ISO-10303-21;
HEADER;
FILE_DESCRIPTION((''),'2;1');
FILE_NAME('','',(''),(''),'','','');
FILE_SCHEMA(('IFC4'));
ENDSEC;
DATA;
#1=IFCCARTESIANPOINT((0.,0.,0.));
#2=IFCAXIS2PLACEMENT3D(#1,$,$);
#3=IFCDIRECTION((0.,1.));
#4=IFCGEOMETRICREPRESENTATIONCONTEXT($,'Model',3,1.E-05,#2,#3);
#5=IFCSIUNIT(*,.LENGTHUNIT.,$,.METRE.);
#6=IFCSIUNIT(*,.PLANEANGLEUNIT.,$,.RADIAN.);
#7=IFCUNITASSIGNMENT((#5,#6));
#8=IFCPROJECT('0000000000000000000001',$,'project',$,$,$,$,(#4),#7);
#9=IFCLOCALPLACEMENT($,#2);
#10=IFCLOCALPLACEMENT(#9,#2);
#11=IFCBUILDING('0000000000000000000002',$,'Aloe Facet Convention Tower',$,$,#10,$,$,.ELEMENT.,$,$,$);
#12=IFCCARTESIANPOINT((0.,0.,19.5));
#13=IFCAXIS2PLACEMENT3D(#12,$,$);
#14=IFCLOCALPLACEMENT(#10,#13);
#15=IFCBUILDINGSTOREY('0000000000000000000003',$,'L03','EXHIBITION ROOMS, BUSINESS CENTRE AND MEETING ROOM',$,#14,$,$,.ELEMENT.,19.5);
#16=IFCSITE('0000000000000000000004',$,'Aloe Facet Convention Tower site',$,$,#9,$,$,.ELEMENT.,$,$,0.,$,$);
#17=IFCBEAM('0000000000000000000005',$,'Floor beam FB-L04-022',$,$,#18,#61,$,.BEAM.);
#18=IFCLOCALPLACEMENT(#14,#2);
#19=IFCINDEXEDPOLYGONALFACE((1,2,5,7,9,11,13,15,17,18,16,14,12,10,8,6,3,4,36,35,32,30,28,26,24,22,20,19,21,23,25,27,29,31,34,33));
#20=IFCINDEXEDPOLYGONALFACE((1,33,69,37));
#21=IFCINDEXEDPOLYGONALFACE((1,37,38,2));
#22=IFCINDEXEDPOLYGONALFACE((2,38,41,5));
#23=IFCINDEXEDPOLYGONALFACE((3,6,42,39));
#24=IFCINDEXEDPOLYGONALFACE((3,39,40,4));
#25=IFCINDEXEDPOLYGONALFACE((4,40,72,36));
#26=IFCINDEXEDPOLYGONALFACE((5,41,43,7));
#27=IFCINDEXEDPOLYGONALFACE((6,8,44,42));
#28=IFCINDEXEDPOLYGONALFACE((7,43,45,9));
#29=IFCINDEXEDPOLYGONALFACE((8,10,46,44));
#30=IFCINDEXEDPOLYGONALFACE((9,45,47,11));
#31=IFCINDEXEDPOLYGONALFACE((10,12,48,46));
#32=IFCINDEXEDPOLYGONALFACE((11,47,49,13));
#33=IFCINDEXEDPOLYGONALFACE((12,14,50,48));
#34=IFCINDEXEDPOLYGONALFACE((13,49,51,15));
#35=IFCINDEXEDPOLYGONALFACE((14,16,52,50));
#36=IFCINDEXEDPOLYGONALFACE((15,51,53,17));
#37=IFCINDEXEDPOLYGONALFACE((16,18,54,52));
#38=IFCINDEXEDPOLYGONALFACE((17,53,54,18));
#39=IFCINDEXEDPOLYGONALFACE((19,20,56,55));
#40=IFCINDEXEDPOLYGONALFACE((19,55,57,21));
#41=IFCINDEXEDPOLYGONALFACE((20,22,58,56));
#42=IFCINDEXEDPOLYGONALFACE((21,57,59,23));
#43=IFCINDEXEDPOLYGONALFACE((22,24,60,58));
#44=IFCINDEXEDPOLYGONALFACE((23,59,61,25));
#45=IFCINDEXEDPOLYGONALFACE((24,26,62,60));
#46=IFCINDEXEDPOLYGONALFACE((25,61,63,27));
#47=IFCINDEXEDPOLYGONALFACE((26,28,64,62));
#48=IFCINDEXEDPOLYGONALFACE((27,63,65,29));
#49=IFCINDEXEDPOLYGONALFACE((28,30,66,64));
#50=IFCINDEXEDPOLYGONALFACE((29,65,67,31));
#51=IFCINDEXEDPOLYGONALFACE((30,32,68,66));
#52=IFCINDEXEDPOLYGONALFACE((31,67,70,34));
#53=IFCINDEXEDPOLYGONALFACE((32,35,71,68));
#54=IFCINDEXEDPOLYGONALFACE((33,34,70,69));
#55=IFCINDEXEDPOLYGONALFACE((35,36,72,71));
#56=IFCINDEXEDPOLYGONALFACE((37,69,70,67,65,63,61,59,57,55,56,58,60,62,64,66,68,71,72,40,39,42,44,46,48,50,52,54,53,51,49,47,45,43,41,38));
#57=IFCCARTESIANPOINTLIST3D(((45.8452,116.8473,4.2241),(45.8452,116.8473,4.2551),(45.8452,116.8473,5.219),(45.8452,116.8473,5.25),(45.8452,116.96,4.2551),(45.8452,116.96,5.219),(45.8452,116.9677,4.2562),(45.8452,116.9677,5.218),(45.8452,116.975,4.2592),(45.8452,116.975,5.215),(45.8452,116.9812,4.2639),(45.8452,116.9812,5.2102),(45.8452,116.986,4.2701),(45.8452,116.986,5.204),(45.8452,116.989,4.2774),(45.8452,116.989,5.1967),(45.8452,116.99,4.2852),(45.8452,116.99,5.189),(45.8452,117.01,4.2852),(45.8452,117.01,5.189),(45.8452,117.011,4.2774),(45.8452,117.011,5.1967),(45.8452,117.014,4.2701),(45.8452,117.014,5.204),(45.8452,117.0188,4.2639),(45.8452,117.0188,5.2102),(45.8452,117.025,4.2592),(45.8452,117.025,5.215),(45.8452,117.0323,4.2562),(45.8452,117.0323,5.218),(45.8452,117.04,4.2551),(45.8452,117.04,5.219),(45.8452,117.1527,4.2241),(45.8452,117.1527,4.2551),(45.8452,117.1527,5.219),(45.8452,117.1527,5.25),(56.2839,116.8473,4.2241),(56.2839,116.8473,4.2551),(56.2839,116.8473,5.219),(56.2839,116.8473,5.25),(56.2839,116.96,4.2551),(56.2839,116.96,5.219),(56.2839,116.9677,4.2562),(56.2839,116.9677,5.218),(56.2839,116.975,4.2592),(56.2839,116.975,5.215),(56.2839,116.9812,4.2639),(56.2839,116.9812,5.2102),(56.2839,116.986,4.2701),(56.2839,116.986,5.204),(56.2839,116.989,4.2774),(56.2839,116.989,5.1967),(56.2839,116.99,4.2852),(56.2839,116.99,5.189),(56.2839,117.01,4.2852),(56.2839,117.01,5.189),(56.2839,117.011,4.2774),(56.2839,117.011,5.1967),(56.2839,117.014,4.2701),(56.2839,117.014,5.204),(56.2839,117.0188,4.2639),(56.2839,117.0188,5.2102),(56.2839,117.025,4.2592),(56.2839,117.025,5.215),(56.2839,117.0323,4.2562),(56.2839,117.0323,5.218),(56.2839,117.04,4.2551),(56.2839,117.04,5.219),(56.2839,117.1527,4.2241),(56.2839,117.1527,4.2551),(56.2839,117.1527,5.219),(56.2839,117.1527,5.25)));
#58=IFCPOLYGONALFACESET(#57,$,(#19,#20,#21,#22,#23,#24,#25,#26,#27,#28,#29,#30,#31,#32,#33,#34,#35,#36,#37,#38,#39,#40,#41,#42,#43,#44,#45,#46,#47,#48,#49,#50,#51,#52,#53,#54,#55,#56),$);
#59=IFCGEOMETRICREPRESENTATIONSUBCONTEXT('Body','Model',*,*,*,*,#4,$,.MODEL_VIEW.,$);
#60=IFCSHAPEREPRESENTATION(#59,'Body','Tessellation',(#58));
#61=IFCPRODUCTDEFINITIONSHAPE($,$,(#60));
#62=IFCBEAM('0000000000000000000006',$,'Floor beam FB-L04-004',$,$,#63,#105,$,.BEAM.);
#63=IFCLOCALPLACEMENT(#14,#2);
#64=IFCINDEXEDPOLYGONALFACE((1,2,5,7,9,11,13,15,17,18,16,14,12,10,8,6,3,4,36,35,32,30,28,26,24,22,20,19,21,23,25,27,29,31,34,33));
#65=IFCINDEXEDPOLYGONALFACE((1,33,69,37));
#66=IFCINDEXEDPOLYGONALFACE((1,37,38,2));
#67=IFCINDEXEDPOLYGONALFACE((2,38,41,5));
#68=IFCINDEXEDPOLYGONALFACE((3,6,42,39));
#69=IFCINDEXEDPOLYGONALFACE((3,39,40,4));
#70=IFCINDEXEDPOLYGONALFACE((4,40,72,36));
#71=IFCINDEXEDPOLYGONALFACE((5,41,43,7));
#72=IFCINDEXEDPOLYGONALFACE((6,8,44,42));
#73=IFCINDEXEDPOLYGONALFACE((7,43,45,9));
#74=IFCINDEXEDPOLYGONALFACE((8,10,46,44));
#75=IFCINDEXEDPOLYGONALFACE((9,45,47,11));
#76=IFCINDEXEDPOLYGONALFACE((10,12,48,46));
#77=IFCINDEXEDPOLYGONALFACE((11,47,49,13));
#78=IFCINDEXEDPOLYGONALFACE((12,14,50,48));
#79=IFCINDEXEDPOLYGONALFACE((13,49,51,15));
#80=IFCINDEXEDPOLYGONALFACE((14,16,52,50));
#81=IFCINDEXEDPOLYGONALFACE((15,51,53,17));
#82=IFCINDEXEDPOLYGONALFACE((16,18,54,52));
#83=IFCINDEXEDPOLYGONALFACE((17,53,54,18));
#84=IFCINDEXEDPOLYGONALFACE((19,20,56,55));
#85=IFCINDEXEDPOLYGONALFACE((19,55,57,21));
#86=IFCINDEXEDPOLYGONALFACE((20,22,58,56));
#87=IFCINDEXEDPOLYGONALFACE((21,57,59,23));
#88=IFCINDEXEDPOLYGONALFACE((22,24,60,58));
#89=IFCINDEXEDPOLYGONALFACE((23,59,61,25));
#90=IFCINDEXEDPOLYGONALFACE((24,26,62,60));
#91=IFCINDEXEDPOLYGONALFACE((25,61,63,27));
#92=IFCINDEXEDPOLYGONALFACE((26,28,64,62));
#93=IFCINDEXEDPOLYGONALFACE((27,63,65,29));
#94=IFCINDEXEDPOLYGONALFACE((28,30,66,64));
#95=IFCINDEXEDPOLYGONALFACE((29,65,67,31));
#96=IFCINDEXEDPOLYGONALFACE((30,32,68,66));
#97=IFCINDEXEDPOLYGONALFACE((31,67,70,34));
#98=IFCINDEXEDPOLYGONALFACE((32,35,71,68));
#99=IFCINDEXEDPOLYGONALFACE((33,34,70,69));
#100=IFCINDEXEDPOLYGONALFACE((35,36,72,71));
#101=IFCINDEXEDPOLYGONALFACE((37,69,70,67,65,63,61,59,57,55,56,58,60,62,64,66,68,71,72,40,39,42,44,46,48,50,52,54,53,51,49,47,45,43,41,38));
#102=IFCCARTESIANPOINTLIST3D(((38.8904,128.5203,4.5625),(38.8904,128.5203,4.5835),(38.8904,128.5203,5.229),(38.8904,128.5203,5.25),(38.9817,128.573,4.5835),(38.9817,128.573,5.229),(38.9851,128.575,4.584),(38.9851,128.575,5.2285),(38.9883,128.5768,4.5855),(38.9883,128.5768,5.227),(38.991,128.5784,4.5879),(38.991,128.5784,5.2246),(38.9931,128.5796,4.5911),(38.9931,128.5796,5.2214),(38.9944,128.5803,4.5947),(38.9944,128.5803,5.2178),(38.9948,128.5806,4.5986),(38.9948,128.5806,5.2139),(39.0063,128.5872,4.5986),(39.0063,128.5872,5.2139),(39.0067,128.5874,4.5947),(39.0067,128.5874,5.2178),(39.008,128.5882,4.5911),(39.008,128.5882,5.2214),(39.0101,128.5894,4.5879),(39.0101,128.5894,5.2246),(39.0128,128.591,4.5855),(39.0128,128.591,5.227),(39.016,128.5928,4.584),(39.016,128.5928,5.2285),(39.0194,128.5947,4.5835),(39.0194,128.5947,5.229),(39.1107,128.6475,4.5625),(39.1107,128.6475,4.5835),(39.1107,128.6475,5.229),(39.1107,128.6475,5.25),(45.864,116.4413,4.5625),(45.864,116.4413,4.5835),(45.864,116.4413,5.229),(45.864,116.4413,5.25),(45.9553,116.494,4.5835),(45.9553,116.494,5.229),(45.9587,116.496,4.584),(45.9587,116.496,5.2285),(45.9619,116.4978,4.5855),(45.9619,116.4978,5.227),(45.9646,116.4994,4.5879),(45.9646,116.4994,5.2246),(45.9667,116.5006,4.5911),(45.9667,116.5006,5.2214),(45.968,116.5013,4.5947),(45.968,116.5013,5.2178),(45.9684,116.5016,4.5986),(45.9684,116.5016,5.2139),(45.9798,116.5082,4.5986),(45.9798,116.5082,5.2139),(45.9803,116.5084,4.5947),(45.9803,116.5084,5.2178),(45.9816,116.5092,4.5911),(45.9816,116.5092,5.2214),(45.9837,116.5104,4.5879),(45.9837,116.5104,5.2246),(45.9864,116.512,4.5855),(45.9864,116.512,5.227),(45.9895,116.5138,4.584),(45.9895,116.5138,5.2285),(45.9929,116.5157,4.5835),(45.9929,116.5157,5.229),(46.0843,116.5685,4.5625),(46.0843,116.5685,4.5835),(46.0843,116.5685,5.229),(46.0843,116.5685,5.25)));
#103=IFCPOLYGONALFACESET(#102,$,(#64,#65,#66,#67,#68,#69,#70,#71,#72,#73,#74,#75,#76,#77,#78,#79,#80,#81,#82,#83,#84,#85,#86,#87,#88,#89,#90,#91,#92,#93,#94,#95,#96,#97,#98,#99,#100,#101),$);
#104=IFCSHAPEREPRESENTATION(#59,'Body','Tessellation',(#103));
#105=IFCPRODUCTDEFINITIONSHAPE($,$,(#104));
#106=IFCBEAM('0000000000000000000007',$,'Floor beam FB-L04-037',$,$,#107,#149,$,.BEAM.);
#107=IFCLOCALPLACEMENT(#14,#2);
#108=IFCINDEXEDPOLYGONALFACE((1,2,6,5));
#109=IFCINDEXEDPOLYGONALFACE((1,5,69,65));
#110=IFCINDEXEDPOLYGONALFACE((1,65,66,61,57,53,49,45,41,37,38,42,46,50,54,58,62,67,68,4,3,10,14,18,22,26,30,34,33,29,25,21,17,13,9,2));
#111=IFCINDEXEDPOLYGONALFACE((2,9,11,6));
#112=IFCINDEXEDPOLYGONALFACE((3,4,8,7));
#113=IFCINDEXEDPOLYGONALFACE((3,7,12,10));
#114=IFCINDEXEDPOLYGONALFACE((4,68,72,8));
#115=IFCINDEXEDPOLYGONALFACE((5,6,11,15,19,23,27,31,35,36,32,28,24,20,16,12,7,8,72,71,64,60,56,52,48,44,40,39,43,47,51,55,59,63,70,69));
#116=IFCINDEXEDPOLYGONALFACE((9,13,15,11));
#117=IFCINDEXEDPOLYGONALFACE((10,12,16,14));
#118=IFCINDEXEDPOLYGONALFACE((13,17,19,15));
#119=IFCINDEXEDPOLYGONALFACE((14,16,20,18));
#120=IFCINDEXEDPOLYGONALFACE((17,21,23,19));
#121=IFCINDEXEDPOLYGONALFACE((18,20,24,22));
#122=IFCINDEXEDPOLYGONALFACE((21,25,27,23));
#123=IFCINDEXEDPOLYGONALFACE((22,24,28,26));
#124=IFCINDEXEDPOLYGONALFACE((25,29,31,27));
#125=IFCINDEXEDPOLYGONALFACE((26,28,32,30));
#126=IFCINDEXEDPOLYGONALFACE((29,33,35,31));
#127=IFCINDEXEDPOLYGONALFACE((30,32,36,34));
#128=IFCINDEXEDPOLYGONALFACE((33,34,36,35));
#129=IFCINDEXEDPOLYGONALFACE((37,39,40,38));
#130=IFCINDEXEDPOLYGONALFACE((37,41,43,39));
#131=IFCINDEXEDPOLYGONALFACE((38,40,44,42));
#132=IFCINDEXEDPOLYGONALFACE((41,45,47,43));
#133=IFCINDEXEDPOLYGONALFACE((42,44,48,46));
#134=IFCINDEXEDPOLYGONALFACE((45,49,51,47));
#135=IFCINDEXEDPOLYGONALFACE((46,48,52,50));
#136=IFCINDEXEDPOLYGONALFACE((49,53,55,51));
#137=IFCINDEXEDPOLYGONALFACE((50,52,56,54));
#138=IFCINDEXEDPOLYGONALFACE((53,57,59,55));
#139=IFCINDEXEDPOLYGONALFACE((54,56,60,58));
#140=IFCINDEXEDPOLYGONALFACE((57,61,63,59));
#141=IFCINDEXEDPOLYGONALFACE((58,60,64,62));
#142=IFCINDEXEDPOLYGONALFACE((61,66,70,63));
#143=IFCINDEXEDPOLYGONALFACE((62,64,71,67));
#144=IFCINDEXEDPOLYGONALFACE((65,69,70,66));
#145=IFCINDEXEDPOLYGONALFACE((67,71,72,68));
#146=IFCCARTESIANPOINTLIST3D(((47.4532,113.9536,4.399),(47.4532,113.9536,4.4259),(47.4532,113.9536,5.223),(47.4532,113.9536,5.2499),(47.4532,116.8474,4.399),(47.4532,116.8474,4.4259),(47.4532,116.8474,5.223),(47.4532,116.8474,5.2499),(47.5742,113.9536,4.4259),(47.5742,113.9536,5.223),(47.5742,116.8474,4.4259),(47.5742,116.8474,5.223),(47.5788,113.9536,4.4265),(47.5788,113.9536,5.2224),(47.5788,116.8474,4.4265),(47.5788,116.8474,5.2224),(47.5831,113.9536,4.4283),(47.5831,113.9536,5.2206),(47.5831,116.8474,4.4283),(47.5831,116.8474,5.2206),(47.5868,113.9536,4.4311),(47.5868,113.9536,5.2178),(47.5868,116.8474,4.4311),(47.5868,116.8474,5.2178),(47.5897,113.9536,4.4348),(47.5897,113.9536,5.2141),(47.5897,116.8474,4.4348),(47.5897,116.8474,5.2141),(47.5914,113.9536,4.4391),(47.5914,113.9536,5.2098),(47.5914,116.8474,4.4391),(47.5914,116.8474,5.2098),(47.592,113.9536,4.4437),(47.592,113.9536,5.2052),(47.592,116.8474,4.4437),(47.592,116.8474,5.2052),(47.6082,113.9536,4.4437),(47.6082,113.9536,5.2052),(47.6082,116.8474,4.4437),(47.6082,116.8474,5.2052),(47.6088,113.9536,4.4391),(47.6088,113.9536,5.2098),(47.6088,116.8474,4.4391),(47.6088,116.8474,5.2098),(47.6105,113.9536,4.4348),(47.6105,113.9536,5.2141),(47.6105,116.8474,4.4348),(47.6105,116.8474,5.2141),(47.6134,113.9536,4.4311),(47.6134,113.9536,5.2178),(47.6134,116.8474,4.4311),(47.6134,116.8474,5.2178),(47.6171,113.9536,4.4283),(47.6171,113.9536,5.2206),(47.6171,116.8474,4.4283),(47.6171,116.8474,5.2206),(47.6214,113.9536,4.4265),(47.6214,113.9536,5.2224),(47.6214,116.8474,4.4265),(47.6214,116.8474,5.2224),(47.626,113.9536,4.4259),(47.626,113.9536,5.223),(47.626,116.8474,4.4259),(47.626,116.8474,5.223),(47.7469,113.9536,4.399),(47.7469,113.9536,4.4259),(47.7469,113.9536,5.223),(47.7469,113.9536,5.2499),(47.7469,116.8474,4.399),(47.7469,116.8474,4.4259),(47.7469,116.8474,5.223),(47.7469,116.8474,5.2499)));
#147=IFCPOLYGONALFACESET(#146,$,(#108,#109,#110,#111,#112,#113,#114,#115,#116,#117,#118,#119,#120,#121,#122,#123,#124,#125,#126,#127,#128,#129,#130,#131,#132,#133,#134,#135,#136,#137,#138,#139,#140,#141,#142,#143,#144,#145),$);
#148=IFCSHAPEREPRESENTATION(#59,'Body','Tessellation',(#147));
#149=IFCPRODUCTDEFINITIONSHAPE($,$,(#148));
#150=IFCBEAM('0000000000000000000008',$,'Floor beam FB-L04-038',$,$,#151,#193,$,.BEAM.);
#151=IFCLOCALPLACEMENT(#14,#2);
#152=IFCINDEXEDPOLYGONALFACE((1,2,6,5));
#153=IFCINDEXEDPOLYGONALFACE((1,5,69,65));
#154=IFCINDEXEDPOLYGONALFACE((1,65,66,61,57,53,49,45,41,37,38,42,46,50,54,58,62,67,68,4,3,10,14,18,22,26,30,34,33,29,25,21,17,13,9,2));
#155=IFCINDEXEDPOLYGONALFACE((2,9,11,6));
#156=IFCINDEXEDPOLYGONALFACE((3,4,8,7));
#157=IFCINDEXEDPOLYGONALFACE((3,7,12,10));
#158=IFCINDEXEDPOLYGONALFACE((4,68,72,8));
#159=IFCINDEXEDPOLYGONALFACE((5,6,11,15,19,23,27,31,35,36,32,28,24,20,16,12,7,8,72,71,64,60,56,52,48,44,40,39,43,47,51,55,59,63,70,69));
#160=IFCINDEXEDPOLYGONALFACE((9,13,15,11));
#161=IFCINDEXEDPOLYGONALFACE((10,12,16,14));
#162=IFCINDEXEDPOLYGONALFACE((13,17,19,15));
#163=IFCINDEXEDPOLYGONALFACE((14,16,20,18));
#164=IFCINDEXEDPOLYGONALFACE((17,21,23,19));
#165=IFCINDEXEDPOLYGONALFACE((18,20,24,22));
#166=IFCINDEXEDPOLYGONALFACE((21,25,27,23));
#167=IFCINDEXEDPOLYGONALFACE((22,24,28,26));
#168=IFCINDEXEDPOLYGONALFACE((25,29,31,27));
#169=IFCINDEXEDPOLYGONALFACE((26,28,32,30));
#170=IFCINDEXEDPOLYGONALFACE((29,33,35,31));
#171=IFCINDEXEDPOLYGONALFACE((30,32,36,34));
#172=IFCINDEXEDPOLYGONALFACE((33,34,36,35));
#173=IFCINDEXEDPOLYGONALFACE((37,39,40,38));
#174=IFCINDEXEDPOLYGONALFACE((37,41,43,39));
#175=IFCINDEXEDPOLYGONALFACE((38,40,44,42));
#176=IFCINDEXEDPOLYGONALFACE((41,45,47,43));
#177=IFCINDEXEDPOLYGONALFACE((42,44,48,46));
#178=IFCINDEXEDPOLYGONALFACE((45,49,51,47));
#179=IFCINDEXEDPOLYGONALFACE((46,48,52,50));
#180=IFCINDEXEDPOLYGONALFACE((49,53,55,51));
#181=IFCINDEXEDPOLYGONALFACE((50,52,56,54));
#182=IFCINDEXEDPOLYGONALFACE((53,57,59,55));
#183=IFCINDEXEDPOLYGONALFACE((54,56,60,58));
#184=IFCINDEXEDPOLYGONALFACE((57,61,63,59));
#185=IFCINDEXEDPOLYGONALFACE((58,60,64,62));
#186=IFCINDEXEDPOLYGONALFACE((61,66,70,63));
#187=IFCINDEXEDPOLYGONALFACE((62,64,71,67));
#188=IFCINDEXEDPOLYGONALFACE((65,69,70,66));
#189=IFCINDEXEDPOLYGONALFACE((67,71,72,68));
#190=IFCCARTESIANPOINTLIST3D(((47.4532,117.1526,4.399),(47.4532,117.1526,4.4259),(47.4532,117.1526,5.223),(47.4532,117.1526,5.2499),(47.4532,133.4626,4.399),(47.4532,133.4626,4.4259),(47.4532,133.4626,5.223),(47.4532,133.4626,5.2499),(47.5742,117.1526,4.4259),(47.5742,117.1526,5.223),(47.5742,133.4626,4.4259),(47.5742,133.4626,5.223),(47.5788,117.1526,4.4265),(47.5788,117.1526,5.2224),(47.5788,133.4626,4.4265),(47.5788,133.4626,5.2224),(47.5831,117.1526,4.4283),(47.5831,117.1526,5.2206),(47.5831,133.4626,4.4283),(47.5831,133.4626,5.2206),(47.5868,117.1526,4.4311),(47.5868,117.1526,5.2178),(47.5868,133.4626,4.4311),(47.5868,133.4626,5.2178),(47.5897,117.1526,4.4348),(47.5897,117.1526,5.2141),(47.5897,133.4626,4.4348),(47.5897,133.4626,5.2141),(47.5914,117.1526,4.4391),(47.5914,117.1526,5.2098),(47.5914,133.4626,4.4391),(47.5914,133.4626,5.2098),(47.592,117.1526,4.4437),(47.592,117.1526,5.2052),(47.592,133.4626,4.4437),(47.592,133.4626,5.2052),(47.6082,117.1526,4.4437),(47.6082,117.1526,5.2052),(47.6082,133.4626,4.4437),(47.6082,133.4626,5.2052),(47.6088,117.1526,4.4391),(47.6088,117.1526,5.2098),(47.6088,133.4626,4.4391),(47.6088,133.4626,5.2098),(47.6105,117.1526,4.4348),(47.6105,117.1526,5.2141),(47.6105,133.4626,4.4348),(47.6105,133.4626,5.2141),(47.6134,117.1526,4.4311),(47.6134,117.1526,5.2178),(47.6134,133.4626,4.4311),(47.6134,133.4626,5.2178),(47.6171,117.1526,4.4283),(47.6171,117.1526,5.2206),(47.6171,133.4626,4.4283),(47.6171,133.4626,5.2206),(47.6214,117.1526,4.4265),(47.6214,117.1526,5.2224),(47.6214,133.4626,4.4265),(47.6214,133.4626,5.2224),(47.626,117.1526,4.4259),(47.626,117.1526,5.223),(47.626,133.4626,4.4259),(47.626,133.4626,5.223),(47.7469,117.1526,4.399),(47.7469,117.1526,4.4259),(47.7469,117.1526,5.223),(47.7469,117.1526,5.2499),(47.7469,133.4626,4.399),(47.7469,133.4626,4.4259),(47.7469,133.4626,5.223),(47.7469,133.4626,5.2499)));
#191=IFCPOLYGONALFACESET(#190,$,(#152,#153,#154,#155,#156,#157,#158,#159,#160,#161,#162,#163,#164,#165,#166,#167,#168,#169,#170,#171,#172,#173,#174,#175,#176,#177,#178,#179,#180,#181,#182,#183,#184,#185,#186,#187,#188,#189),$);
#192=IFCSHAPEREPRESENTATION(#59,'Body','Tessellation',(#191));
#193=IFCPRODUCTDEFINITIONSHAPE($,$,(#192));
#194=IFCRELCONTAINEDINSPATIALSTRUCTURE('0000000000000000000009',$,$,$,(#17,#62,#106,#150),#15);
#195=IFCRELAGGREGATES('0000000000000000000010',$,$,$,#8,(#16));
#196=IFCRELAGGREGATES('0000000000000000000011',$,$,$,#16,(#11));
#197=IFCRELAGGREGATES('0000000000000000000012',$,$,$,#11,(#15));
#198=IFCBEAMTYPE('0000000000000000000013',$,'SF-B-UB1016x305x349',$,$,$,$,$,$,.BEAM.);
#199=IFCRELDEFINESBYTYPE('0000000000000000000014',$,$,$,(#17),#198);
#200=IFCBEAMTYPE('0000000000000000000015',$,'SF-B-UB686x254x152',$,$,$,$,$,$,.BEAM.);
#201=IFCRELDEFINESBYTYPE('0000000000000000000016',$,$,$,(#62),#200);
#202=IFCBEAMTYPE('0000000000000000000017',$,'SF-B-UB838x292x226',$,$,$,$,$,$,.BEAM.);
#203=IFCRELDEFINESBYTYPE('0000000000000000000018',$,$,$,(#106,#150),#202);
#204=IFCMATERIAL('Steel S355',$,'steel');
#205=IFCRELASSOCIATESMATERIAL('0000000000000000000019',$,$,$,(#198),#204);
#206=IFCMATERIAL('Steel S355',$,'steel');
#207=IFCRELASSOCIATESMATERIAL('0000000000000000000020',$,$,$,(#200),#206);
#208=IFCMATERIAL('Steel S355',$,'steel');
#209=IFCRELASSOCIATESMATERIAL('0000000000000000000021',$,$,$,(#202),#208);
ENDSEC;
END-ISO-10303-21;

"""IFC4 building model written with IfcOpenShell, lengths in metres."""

from ifc_helpers import new_model, si_unit, direction, frame, origin, origin_2d, place, context, subcontext, project, spatial, i_section, extrude, material, material_profile, profile_set, type_object, element, save


model = new_model("IFC4")

# Units and contexts
model_context = context("Model", 3, precision=1e-05, world=origin(), true_north=direction((0.0, 1.0)))
body_context = subcontext(model_context, "Body", "Model", "MODEL_VIEW")
ifc_project = project(units=[si_unit("LENGTHUNIT", "METRE"), si_unit("PLANEANGLEUNIT", "RADIAN")], contexts=[model_context])

# Site, building, storey
site_placement = place(None, origin())
site = spatial("IfcSite", under=ifc_project, at=site_placement, Name="Aloe Facet Convention Tower site", CompositionType="ELEMENT", RefElevation=0.0)
building_placement = place(site_placement, origin())
building = spatial("IfcBuilding", under=site, at=building_placement, Name="Aloe Facet Convention Tower", CompositionType="ELEMENT")
storey_placement = place(building_placement, frame((0.0, 0.0, 19.5)))
storey = spatial("IfcBuildingStorey", under=building, at=storey_placement, Name="L03", Description="EXHIBITION ROOMS, BUSINESS CENTRE AND MEETING ROOM", CompositionType="ELEMENT", Elevation=19.5)

# Beams
ifc_material_1 = material(Name="Steel S355", Category="steel")
ifc_material_profile_1 = material_profile(ifc_material_1, i_section(OverallWidth=0.3054, OverallDepth=1.0259, WebThickness=0.02, FlangeThickness=0.031, FilletRadius=0.03, at=origin_2d()), Name="UB 1016x305x349")
ifc_profile_set_1 = profile_set([ifc_material_profile_1], Name="Steel S355")
beam_type_1 = type_object("IfcBeamType", Name="SF-B-UB1016x305x349", PredefinedType="BEAM", material=ifc_profile_set_1)
beam_1_placement = place(storey_placement, frame((45.8452, 117.0, 4.7371), z_axis=(1.0, 0.0, 0.0), x_axis=(0.0, 1.0, 0.0)))
element("IfcBeam", 1, at=beam_1_placement, inside=storey, type_object=beam_type_1, Name="Floor beam FB-L04-022", PredefinedType="BEAM", context=body_context, shape_type="SweptSolid", body=[
    extrude(i_section(OverallWidth=0.3054, OverallDepth=1.0259, WebThickness=0.02, FlangeThickness=0.031, FilletRadius=0.03, at=origin_2d()), origin(), (0.0, 0.0, 1.0), 10.4387),
])
ifc_material_2 = material(Name="Steel S355", Category="steel")
ifc_material_profile_2 = material_profile(ifc_material_2, i_section(OverallWidth=0.2544, OverallDepth=0.6875, WebThickness=0.0132, FlangeThickness=0.021, FilletRadius=0.0151, at=origin_2d()), Name="UB 686x254x152")
ifc_profile_set_2 = profile_set([ifc_material_profile_2], Name="Steel S355")
beam_type_2 = type_object("IfcBeamType", Name="SF-B-UB686x254x152", PredefinedType="BEAM", material=ifc_profile_set_2)
beam_2_placement = place(storey_placement, frame((45.9741, 116.5049, 4.9062), z_axis=(-0.499987, 0.866033, 0.0), x_axis=(-0.866033, -0.499987, 0.0)))
element("IfcBeam", 2, at=beam_2_placement, inside=storey, type_object=beam_type_2, Name="Floor beam FB-L04-004", PredefinedType="BEAM", context=body_context, shape_type="SweptSolid", body=[
    extrude(i_section(OverallWidth=0.2544, OverallDepth=0.6875, WebThickness=0.0132, FlangeThickness=0.021, FilletRadius=0.0151, at=origin_2d()), origin(), (0.0, 0.0, 1.0), 13.9475),
])
ifc_material_3 = material(Name="Steel S355", Category="steel")
ifc_material_profile_3 = material_profile(ifc_material_3, i_section(OverallWidth=0.2937, OverallDepth=0.8508, WebThickness=0.0161, FlangeThickness=0.0269, FilletRadius=0.0178, at=origin_2d()), Name="UB 838x292x226")
ifc_profile_set_3 = profile_set([ifc_material_profile_3], Name="Steel S355")
beam_type_3 = type_object("IfcBeamType", Name="SF-B-UB838x292x226", PredefinedType="BEAM", material=ifc_profile_set_3)
beam_3_placement = place(storey_placement, frame((47.6001, 113.9536, 4.8245), z_axis=(0.0, 1.0, 0.0), x_axis=(-1.0, 0.0, 0.0)))
element("IfcBeam", 3, at=beam_3_placement, inside=storey, type_object=beam_type_3, Name="Floor beam FB-L04-037", PredefinedType="BEAM", context=body_context, shape_type="SweptSolid", body=[
    extrude(i_section(OverallWidth=0.2937, OverallDepth=0.8508, WebThickness=0.0161, FlangeThickness=0.0269, FilletRadius=0.0178, at=origin_2d()), origin(), (0.0, 0.0, 1.0), 2.8938),
])
beam_4_placement = place(storey_placement, frame((47.6001, 117.1526, 4.8245), z_axis=(0.0, 1.0, 0.0), x_axis=(-1.0, 0.0, 0.0)))
element("IfcBeam", 4, at=beam_4_placement, inside=storey, type_object=beam_type_3, Name="Floor beam FB-L04-038", PredefinedType="BEAM", context=body_context, shape_type="SweptSolid", body=[
    extrude(i_section(OverallWidth=0.2937, OverallDepth=0.8508, WebThickness=0.0161, FlangeThickness=0.0269, FilletRadius=0.0178, at=origin_2d()), origin(), (0.0, 0.0, 1.0), 16.3101),
])

save(model, "model.ifc")
